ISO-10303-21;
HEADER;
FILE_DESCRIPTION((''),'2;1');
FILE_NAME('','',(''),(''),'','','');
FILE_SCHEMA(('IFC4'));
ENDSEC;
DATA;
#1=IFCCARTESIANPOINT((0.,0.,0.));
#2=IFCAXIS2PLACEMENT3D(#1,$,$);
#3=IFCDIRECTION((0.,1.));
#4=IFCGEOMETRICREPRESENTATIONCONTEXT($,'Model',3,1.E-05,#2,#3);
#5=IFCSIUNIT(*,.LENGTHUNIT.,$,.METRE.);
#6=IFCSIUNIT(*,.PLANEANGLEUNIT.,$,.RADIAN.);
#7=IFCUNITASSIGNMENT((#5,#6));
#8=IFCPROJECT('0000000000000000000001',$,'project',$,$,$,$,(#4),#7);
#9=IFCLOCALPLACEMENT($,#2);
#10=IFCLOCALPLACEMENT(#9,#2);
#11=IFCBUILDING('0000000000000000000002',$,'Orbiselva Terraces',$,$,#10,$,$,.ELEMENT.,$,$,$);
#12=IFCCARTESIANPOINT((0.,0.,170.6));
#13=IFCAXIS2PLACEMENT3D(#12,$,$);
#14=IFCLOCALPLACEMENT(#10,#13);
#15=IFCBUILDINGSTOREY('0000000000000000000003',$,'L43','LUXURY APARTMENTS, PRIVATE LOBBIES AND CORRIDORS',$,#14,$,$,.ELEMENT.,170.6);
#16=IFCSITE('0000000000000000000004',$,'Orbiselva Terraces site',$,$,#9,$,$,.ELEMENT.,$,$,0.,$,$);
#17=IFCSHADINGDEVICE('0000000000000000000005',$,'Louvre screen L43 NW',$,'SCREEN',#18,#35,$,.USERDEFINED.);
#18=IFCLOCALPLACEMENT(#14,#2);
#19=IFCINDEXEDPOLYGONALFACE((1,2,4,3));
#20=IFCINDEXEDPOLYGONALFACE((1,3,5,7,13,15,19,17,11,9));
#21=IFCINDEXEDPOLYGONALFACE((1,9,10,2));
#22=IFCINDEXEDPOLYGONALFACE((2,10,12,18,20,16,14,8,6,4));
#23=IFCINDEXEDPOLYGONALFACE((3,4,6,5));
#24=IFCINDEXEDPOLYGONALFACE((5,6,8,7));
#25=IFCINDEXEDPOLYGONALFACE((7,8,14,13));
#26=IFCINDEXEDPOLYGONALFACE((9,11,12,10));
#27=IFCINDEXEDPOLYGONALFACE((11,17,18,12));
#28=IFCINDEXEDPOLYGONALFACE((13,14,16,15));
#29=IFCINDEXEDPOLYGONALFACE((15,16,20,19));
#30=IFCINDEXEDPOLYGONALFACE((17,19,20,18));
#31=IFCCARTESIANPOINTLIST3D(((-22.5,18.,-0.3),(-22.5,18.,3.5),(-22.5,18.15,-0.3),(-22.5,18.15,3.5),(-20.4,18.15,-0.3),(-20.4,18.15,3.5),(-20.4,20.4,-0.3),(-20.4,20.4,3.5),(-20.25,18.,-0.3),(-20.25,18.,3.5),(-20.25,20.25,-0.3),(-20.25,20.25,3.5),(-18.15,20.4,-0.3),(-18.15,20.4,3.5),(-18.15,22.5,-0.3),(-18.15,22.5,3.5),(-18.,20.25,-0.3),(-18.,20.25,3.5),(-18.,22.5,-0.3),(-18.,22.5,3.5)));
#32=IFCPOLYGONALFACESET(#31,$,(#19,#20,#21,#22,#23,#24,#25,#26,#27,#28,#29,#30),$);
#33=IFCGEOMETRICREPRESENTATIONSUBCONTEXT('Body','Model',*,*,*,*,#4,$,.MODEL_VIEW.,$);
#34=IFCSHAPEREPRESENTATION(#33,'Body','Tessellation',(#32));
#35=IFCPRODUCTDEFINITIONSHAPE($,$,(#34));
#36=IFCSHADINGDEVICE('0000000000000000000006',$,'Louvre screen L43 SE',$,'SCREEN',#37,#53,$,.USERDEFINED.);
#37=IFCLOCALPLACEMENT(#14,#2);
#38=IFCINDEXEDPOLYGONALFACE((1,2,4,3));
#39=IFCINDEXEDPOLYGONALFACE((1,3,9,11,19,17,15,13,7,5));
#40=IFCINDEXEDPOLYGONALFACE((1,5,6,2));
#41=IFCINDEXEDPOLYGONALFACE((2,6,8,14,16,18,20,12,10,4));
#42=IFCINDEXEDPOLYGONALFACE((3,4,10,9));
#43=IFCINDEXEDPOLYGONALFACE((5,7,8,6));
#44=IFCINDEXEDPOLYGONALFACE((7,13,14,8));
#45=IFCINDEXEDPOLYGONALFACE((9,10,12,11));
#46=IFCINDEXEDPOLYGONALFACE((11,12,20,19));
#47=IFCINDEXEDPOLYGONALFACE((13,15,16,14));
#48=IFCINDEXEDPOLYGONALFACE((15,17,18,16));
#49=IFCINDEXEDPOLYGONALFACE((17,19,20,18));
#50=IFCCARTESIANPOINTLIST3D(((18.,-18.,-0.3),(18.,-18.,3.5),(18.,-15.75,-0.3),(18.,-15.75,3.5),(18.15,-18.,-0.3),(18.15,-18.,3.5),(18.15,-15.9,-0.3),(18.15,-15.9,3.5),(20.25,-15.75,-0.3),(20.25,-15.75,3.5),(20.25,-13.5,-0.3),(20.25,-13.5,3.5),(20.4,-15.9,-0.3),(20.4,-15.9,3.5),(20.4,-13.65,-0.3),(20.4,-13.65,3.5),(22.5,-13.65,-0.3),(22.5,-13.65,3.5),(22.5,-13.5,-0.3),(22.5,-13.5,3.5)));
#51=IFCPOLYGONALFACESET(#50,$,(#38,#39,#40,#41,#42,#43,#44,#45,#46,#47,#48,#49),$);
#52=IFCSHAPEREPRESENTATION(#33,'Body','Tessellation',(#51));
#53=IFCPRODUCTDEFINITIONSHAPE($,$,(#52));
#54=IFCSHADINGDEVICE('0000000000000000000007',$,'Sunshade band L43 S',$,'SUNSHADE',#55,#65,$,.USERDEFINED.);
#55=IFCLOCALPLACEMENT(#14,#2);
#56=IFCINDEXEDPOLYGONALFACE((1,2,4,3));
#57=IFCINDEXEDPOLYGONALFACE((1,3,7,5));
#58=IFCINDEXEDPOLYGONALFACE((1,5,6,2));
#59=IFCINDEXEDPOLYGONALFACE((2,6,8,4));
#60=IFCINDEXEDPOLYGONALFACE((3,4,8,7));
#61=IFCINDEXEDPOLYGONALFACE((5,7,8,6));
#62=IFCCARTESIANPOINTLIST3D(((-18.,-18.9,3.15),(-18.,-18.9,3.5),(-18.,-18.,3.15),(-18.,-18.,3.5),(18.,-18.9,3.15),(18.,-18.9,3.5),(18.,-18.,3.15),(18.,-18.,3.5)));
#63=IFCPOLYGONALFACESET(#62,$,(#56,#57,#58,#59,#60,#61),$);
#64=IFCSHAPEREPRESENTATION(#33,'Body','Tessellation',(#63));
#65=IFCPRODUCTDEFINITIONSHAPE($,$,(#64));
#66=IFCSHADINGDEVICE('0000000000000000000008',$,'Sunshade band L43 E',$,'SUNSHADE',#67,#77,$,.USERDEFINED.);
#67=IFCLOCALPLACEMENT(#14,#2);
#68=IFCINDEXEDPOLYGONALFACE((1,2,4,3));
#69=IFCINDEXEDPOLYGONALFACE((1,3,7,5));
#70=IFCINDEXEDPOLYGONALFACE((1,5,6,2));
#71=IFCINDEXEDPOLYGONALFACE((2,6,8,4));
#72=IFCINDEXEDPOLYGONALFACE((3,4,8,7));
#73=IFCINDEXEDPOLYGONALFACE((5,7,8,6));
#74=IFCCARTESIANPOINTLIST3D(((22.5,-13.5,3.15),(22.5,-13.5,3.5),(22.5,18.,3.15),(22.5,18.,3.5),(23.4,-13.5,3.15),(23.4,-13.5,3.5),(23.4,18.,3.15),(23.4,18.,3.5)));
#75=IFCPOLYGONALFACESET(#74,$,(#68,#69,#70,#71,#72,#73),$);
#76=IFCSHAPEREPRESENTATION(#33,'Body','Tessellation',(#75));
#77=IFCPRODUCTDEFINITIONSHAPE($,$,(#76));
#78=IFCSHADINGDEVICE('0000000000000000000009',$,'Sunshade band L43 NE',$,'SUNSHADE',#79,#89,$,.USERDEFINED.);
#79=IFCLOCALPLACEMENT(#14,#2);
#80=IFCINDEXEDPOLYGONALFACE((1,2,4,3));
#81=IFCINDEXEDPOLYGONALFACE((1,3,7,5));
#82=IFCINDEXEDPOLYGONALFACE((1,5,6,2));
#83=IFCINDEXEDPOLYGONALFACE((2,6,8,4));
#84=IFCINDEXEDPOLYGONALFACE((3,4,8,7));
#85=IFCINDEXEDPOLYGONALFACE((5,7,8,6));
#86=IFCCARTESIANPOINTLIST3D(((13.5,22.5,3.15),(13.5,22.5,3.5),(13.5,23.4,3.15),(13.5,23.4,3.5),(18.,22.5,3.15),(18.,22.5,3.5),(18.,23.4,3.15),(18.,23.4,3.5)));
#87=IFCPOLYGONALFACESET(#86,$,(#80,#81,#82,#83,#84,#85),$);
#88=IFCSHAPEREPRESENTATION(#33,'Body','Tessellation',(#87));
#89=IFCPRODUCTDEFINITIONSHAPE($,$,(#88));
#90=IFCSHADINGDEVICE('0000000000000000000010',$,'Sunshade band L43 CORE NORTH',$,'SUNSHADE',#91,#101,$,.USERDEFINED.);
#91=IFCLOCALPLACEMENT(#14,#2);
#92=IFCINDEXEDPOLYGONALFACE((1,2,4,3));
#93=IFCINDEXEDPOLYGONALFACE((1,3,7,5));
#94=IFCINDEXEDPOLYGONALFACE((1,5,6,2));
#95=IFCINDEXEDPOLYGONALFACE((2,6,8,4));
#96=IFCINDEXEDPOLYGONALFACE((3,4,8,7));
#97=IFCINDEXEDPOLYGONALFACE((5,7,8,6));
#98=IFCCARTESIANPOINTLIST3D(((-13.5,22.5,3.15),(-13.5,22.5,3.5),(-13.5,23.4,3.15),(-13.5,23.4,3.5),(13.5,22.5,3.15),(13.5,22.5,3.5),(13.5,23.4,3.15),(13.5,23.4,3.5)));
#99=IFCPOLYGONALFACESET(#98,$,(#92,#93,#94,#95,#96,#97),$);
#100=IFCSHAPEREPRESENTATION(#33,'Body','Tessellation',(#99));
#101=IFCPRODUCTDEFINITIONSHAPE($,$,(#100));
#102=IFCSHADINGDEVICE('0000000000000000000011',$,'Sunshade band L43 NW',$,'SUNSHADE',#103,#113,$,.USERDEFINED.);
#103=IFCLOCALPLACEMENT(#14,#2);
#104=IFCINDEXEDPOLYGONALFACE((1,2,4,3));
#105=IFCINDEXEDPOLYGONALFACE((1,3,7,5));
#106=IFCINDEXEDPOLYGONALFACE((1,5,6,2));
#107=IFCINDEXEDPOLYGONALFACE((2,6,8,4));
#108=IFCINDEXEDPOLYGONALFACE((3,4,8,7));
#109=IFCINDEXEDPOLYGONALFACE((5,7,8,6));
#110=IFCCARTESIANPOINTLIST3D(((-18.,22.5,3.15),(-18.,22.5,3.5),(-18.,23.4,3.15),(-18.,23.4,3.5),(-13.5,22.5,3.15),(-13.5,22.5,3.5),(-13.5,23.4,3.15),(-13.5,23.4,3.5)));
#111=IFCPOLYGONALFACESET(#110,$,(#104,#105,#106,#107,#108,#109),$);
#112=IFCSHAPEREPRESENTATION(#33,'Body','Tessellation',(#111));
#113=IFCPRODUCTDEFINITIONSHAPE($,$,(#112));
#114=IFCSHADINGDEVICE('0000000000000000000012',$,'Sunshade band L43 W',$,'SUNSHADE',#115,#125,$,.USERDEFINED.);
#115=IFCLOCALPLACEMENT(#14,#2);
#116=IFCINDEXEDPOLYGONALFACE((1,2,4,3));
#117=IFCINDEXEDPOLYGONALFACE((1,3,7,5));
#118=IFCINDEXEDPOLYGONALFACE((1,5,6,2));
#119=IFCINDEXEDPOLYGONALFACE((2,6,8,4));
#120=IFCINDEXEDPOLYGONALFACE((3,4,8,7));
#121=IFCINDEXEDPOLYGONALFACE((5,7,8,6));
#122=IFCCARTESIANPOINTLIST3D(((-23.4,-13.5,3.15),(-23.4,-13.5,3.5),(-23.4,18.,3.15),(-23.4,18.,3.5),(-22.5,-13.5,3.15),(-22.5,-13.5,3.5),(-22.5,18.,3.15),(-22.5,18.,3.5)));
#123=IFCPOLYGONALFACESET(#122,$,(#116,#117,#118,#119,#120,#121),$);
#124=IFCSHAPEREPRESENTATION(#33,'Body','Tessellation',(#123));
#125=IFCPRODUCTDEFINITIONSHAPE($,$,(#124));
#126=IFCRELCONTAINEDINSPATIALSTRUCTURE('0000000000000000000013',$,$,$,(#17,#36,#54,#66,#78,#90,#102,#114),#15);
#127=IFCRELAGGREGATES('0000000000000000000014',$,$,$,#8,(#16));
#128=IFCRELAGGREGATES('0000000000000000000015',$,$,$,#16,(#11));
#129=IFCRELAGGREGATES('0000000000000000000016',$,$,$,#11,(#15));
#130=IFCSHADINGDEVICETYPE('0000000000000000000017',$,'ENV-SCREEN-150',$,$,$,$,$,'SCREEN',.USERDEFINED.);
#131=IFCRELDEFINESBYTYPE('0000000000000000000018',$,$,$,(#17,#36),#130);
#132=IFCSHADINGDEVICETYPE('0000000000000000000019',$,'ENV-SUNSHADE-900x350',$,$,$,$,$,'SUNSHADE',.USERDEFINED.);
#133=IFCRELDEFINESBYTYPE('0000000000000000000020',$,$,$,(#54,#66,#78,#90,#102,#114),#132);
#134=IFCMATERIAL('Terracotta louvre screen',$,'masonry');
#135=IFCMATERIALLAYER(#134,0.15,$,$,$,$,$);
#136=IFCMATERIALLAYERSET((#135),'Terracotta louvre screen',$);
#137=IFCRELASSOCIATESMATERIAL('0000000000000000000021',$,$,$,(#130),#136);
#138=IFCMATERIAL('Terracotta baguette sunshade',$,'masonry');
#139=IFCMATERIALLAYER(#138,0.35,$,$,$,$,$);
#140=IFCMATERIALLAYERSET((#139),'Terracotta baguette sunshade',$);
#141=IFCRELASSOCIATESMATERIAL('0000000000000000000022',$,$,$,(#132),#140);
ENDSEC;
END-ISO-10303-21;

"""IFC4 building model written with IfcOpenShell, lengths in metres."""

from ifc_helpers import new_model, si_unit, direction, frame, origin, place, context, subcontext, project, spatial, polyline, outline, extrude, material, layer, layer_set, type_object, element, save


model = new_model("IFC4")

# Units and contexts
model_context = context("Model", 3, precision=1e-05, world=origin(), true_north=direction((0.0, 1.0)))
body_context = subcontext(model_context, "Body", "Model", "MODEL_VIEW")
ifc_project = project(units=[si_unit("LENGTHUNIT", "METRE"), si_unit("PLANEANGLEUNIT", "RADIAN")], contexts=[model_context])

# Site, building, storey
site_placement = place(None, origin())
site = spatial("IfcSite", under=ifc_project, at=site_placement, Name="Orbiselva Terraces site", CompositionType="ELEMENT", RefElevation=0.0)
building_placement = place(site_placement, origin())
building = spatial("IfcBuilding", under=site, at=building_placement, Name="Orbiselva Terraces", CompositionType="ELEMENT")
storey_placement = place(building_placement, frame((0.0, 0.0, 170.6)))
storey = spatial("IfcBuildingStorey", under=building, at=storey_placement, Name="L43", Description="LUXURY APARTMENTS, PRIVATE LOBBIES AND CORRIDORS", CompositionType="ELEMENT", Elevation=170.6)

# Shading devices
ifc_material_1 = material(Name="Terracotta louvre screen", Category="masonry")
ifc_layer_1 = layer(ifc_material_1, 0.15)
ifc_layer_set_1 = layer_set([ifc_layer_1], Name="Terracotta louvre screen")
shading_device_type_1 = type_object("IfcShadingDeviceType", Name="ENV-SCREEN-150", ElementType="SCREEN", PredefinedType="USERDEFINED", material=ifc_layer_set_1)
shading_device_1_placement = place(storey_placement, frame((0.0, 0.0, -0.3)))
element("IfcShadingDevice", 1, at=shading_device_1_placement, inside=storey, type_object=shading_device_type_1, Name="Louvre screen L43 NW", ObjectType="SCREEN", PredefinedType="USERDEFINED", context=body_context, shape_type="SweptSolid", body=[
    extrude(outline(polyline([(-18.15, 22.5), (-18.15, 20.4), (-20.4, 20.4), (-20.4, 18.15), (-22.5, 18.15), (-22.5, 18.0), (-20.25, 18.0), (-20.25, 20.25), (-18.0, 20.25), (-18.0, 22.5), (-18.15, 22.5)])), origin(), (0.0, 0.0, 1.0), 3.8),
])
shading_device_2_placement = place(storey_placement, frame((0.0, 0.0, -0.3)))
element("IfcShadingDevice", 2, at=shading_device_2_placement, inside=storey, type_object=shading_device_type_1, Name="Louvre screen L43 SE", ObjectType="SCREEN", PredefinedType="USERDEFINED", context=body_context, shape_type="SweptSolid", body=[
    extrude(outline(polyline([(18.15, -18.0), (18.15, -15.9), (20.4, -15.9), (20.4, -13.65), (22.5, -13.65), (22.5, -13.5), (20.25, -13.5), (20.25, -15.75), (18.0, -15.75), (18.0, -18.0), (18.15, -18.0)])), origin(), (0.0, 0.0, 1.0), 3.8),
])
ifc_material_2 = material(Name="Terracotta baguette sunshade", Category="masonry")
ifc_layer_2 = layer(ifc_material_2, 0.35)
ifc_layer_set_2 = layer_set([ifc_layer_2], Name="Terracotta baguette sunshade")
shading_device_type_2 = type_object("IfcShadingDeviceType", Name="ENV-SUNSHADE-900x350", ElementType="SUNSHADE", PredefinedType="USERDEFINED", material=ifc_layer_set_2)
shading_device_3_placement = place(storey_placement, frame((0.0, 0.0, 3.15)))
element("IfcShadingDevice", 3, at=shading_device_3_placement, inside=storey, type_object=shading_device_type_2, Name="Sunshade band L43 S", ObjectType="SUNSHADE", PredefinedType="USERDEFINED", context=body_context, shape_type="SweptSolid", body=[
    extrude(outline(polyline([(-18.0, -18.9), (18.0, -18.9), (18.0, -18.0), (-18.0, -18.0), (-18.0, -18.9)])), origin(), (0.0, 0.0, 1.0), 0.35),
])
shading_device_4_placement = place(storey_placement, frame((0.0, 0.0, 3.15)))
element("IfcShadingDevice", 4, at=shading_device_4_placement, inside=storey, type_object=shading_device_type_2, Name="Sunshade band L43 E", ObjectType="SUNSHADE", PredefinedType="USERDEFINED", context=body_context, shape_type="SweptSolid", body=[
    extrude(outline(polyline([(23.4, -13.5), (23.4, 18.0), (22.5, 18.0), (22.5, -13.5), (23.4, -13.5)])), origin(), (0.0, 0.0, 1.0), 0.35),
])
shading_device_5_placement = place(storey_placement, frame((0.0, 0.0, 3.15)))
element("IfcShadingDevice", 5, at=shading_device_5_placement, inside=storey, type_object=shading_device_type_2, Name="Sunshade band L43 NE", ObjectType="SUNSHADE", PredefinedType="USERDEFINED", context=body_context, shape_type="SweptSolid", body=[
    extrude(outline(polyline([(18.0, 23.4), (13.5, 23.4), (13.5, 22.5), (18.0, 22.5), (18.0, 23.4)])), origin(), (0.0, 0.0, 1.0), 0.35),
])
shading_device_6_placement = place(storey_placement, frame((0.0, 0.0, 3.15)))
element("IfcShadingDevice", 6, at=shading_device_6_placement, inside=storey, type_object=shading_device_type_2, Name="Sunshade band L43 CORE NORTH", ObjectType="SUNSHADE", PredefinedType="USERDEFINED", context=body_context, shape_type="SweptSolid", body=[
    extrude(outline(polyline([(13.5, 23.4), (-13.5, 23.4), (-13.5, 22.5), (13.5, 22.5), (13.5, 23.4)])), origin(), (0.0, 0.0, 1.0), 0.35),
])
shading_device_7_placement = place(storey_placement, frame((0.0, 0.0, 3.15)))
element("IfcShadingDevice", 7, at=shading_device_7_placement, inside=storey, type_object=shading_device_type_2, Name="Sunshade band L43 NW", ObjectType="SUNSHADE", PredefinedType="USERDEFINED", context=body_context, shape_type="SweptSolid", body=[
    extrude(outline(polyline([(-13.5, 23.4), (-18.0, 23.4), (-18.0, 22.5), (-13.5, 22.5), (-13.5, 23.4)])), origin(), (0.0, 0.0, 1.0), 0.35),
])
shading_device_8_placement = place(storey_placement, frame((0.0, 0.0, 3.15)))
element("IfcShadingDevice", 8, at=shading_device_8_placement, inside=storey, type_object=shading_device_type_2, Name="Sunshade band L43 W", ObjectType="SUNSHADE", PredefinedType="USERDEFINED", context=body_context, shape_type="SweptSolid", body=[
    extrude(outline(polyline([(-23.4, 18.0), (-23.4, -13.5), (-22.5, -13.5), (-22.5, 18.0), (-23.4, 18.0)])), origin(), (0.0, 0.0, 1.0), 0.35),
])

save(model, "model.ifc")
